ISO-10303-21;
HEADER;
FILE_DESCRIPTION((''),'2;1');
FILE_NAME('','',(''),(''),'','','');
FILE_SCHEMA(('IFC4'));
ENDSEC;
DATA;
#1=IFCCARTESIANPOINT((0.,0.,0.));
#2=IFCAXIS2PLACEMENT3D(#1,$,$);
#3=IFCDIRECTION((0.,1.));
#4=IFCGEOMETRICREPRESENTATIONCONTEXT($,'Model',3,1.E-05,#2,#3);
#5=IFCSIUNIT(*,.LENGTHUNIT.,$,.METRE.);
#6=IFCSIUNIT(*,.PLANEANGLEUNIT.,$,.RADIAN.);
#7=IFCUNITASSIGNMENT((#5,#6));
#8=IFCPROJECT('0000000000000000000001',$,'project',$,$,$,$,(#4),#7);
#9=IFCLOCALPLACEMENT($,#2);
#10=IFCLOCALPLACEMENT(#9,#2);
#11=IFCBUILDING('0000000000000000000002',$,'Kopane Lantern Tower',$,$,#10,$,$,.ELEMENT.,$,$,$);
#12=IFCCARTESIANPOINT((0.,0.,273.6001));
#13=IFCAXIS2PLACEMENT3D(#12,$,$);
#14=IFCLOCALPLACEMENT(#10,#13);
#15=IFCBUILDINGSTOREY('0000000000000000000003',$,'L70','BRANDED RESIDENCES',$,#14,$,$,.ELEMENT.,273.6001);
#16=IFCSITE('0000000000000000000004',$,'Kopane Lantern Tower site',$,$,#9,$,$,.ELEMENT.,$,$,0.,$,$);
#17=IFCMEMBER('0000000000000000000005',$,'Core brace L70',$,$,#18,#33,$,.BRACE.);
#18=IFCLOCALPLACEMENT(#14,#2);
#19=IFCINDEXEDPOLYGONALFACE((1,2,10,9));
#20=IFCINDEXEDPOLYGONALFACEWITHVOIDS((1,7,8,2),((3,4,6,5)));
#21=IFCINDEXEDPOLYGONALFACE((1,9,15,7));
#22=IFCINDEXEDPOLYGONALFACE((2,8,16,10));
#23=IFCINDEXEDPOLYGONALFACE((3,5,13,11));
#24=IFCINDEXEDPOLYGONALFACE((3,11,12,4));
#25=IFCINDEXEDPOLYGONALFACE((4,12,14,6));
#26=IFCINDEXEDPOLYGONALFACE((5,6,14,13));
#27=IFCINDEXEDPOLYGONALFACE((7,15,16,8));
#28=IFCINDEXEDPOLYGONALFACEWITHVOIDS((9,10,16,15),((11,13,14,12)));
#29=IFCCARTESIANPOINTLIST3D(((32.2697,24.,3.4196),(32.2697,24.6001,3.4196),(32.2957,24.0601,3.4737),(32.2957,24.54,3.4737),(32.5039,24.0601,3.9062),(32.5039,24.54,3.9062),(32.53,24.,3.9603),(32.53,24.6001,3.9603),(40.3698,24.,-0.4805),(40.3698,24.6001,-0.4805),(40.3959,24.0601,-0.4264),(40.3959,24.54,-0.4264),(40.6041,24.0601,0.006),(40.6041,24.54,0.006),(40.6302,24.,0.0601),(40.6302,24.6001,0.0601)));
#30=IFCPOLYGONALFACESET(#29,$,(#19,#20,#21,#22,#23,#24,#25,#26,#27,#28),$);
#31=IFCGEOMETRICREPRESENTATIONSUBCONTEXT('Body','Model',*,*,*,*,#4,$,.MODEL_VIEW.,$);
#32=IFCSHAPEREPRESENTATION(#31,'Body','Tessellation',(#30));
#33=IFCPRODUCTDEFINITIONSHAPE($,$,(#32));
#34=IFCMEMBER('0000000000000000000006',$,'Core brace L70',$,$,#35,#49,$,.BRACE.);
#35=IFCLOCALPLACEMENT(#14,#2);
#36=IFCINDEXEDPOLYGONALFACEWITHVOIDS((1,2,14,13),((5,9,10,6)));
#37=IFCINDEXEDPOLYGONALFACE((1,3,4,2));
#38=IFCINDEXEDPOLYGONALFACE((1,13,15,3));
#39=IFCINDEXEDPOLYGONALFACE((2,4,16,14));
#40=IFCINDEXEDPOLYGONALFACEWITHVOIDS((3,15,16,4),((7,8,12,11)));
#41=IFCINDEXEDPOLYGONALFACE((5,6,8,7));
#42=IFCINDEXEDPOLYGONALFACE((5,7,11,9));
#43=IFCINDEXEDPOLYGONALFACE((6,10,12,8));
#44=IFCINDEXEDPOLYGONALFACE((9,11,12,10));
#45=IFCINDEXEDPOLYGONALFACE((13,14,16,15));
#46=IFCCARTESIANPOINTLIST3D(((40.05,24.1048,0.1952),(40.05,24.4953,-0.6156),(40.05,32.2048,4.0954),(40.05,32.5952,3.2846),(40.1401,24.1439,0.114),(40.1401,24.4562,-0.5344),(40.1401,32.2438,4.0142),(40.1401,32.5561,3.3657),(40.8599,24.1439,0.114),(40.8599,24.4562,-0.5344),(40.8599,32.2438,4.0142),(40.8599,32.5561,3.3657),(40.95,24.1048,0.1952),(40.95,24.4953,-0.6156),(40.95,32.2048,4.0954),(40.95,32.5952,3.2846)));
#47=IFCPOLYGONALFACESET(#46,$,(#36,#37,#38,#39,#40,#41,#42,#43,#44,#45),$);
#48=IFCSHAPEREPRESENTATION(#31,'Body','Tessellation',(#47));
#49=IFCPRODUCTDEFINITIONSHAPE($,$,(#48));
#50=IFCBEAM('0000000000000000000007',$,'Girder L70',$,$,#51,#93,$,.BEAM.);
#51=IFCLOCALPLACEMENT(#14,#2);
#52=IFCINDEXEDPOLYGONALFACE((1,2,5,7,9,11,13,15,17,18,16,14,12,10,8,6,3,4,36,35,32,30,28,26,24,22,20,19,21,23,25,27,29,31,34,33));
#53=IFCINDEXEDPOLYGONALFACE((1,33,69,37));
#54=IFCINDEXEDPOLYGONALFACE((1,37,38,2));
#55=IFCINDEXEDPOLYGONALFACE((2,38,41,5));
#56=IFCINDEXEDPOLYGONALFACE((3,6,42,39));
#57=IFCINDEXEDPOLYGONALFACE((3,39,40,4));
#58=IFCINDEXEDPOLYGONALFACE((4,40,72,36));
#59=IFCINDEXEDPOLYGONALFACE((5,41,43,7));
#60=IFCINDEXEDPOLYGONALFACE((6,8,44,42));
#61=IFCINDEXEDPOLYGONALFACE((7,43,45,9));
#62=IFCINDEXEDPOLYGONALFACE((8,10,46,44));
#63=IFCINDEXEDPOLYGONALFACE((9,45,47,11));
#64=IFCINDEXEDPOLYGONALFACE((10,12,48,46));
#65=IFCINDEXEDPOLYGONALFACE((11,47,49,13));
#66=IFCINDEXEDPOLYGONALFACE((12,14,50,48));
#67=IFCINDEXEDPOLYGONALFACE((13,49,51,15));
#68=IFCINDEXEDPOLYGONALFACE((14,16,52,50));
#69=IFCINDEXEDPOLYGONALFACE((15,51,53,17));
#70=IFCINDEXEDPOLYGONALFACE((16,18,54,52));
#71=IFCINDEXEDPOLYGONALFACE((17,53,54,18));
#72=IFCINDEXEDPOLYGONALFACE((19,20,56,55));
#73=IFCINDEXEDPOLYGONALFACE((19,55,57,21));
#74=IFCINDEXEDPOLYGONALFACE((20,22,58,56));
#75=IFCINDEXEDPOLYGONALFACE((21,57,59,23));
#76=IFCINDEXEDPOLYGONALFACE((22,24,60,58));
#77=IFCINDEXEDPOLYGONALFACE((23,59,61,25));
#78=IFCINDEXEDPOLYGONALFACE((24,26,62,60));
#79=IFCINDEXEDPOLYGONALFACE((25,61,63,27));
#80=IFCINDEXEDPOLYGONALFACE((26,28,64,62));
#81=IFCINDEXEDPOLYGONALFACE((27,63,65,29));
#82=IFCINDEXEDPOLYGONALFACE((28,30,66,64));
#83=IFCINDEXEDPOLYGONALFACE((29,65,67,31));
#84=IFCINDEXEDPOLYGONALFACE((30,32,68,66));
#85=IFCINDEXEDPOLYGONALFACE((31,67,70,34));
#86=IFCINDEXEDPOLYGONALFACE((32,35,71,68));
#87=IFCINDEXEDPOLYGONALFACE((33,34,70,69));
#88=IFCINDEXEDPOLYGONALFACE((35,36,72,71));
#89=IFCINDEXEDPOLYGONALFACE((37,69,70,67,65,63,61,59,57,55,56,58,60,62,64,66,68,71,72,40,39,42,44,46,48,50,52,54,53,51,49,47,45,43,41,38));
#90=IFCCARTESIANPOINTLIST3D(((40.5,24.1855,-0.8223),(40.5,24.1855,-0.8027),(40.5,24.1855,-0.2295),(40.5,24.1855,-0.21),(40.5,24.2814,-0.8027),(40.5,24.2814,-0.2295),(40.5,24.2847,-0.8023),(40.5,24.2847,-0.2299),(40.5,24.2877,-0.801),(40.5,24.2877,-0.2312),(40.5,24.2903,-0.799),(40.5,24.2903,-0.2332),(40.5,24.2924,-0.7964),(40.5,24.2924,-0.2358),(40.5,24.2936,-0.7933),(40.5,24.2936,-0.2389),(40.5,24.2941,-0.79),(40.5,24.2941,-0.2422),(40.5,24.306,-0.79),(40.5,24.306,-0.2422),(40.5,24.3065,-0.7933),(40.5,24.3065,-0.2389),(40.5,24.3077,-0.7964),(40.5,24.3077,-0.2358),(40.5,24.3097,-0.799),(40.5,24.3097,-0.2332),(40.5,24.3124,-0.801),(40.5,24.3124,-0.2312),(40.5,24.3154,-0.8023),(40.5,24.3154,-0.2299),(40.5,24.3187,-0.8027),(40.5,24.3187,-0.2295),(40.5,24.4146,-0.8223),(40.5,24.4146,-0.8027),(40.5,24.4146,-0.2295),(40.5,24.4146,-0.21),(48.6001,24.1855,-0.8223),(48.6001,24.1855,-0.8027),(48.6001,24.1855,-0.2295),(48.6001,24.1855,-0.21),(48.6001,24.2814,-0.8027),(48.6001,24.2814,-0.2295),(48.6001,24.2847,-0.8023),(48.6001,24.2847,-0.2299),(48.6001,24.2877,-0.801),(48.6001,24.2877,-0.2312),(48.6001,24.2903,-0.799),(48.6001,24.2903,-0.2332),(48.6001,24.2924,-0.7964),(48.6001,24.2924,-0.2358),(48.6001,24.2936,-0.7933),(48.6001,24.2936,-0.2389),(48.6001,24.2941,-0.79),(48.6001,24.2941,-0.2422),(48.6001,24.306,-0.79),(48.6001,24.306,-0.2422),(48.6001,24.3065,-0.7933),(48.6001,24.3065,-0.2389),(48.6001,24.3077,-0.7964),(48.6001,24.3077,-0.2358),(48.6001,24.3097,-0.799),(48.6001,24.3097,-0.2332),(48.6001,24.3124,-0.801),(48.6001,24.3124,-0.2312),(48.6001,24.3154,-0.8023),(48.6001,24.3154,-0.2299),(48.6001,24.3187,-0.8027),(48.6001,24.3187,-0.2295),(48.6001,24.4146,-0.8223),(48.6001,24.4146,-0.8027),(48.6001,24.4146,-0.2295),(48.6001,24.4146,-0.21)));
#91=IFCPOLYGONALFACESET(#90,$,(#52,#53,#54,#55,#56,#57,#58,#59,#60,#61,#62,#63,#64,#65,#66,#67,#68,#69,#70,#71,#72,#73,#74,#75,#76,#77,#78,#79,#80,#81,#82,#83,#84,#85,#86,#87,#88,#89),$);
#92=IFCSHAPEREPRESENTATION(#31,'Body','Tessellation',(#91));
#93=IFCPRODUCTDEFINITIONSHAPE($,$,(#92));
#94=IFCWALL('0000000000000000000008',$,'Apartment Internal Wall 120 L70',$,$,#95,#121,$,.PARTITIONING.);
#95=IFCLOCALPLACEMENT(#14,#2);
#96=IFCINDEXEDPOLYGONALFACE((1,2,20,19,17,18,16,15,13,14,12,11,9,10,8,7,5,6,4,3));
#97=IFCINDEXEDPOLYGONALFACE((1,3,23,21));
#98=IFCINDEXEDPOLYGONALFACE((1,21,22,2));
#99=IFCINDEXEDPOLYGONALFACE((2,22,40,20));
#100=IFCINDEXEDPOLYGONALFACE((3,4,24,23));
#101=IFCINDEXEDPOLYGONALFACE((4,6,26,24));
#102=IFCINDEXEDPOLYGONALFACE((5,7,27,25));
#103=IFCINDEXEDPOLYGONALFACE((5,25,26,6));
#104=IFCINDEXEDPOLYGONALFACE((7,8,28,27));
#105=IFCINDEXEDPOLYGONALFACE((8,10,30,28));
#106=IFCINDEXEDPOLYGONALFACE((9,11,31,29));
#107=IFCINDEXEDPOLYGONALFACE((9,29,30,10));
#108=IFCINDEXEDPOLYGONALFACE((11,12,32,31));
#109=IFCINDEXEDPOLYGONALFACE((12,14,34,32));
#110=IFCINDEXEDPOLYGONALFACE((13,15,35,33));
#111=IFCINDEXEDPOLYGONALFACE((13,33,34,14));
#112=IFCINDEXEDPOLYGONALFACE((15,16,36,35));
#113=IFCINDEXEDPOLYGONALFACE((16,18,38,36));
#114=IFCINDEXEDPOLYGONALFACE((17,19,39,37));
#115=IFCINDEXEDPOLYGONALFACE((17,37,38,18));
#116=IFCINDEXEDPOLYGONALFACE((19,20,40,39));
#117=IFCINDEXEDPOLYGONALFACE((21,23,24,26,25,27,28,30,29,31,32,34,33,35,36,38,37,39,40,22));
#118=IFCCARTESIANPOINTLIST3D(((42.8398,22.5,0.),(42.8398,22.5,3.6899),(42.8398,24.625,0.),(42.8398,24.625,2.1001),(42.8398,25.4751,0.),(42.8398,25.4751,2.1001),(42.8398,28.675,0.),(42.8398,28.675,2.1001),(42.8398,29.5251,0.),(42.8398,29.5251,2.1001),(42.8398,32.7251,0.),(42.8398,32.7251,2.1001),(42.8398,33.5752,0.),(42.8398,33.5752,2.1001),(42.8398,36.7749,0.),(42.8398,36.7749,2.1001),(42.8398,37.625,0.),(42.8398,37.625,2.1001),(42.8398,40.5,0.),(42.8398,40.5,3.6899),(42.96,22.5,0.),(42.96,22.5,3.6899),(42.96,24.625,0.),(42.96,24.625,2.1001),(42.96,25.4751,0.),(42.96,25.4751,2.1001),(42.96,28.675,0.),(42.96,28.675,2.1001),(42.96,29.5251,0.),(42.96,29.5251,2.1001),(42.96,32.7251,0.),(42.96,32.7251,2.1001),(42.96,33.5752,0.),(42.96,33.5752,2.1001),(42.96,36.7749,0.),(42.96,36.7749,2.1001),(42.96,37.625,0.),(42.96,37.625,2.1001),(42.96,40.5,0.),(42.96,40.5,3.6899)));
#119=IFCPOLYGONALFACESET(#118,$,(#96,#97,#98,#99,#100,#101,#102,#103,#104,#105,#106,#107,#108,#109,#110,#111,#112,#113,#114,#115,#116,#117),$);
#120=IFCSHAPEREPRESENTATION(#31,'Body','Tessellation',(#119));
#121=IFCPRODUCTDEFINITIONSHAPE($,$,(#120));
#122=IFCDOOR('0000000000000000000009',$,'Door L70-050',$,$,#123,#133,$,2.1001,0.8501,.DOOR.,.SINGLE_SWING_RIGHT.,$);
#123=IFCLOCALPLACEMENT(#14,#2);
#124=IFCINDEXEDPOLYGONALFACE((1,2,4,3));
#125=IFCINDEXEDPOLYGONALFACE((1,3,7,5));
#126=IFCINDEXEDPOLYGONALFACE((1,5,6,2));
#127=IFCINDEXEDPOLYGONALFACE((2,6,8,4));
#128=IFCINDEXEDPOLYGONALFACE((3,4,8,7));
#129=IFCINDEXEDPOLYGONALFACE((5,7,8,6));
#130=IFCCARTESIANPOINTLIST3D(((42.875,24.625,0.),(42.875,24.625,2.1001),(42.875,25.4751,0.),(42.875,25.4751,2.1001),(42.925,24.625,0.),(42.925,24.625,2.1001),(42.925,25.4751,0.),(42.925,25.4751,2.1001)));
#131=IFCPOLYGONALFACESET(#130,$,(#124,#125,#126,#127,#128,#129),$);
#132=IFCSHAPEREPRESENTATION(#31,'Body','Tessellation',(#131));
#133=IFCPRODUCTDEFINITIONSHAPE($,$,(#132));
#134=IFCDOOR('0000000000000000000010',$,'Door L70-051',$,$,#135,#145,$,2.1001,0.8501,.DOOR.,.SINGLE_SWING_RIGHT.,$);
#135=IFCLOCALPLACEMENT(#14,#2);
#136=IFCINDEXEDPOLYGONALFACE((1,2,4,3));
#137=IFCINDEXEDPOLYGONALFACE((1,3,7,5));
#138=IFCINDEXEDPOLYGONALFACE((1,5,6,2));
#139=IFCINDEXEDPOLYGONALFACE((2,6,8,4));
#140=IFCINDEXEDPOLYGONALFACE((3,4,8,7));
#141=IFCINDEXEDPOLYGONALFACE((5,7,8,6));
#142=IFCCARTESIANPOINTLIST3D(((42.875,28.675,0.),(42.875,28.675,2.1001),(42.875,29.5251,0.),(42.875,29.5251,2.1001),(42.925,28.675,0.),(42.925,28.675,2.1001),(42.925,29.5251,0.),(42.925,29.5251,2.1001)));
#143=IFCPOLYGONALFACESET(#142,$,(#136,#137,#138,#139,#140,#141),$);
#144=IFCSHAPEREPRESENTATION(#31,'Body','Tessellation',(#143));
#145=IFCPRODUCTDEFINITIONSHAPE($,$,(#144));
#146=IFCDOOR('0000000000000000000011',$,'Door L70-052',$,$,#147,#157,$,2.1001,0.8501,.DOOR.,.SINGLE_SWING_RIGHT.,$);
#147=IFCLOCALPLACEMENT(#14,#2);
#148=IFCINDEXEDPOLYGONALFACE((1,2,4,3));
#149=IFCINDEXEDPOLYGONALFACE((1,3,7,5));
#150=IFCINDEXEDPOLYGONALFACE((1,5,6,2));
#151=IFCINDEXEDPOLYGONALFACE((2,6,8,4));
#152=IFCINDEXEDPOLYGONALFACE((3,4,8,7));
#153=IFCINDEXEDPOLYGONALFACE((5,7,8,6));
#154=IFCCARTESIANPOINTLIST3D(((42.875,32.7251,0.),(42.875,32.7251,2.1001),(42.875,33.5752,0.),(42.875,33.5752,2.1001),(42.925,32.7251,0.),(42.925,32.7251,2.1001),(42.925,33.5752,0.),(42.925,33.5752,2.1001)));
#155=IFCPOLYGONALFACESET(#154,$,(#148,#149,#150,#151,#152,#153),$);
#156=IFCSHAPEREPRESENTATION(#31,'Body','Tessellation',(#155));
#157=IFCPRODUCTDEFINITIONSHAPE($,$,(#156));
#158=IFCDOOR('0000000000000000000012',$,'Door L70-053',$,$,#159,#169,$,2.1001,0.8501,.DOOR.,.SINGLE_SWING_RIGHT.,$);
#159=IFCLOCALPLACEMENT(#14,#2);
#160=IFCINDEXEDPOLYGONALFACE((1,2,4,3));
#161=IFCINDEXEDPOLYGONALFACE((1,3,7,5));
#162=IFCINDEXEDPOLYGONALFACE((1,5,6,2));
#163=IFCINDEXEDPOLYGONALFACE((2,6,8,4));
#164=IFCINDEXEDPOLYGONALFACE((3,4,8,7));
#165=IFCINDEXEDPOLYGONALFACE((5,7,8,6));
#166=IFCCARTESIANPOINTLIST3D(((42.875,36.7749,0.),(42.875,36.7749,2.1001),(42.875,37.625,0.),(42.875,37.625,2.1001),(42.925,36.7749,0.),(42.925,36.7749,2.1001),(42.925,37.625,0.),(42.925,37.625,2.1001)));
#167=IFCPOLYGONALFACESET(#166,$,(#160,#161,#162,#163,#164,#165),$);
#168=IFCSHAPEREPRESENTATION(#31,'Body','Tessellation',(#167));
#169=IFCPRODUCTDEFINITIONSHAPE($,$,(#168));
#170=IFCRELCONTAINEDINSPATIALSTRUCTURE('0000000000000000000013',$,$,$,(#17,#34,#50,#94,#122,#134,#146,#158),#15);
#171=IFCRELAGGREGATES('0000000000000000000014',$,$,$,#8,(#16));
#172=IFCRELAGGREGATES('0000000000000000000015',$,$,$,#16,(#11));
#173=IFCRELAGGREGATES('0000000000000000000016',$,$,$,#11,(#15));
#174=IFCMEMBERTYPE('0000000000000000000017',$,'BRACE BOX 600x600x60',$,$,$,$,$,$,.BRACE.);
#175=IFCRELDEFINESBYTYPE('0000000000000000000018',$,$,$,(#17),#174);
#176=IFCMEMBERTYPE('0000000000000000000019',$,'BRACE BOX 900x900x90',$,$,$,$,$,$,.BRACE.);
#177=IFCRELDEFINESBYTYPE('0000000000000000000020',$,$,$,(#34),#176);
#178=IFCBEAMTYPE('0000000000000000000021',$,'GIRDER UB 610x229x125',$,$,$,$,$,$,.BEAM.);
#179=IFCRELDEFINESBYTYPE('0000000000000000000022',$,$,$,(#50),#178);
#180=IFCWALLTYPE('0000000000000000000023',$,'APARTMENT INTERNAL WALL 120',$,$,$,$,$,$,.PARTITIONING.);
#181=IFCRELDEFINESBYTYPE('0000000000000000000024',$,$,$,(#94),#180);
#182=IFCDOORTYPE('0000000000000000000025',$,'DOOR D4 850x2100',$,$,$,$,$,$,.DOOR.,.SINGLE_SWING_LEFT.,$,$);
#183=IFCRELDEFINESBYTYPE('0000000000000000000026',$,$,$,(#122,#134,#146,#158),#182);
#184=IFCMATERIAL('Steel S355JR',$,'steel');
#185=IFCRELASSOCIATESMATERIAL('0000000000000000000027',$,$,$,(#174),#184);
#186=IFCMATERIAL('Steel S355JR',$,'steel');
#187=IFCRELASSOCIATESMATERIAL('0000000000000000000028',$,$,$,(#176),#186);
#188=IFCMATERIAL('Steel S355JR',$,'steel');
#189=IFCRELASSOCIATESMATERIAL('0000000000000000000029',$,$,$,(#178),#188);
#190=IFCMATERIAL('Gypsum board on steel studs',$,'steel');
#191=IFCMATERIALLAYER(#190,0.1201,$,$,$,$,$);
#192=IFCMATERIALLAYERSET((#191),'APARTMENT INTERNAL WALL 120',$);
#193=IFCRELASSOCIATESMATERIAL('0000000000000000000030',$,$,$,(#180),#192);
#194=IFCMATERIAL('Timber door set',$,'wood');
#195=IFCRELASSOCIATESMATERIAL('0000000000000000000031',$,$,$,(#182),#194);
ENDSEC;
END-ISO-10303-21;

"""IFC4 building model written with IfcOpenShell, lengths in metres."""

from ifc_helpers import new_model, si_unit, direction, frame, frame_2d, origin, origin_2d, place, context, subcontext, project, spatial, rectangle, hollow_rectangle, i_section, extrude, material, layer, layer_set, material_profile, profile_set, type_object, element, fill, save


model = new_model("IFC4")

# Units and contexts
model_context = context("Model", 3, precision=1e-05, world=origin(), true_north=direction((0.0, 1.0)))
body_context = subcontext(model_context, "Body", "Model", "MODEL_VIEW")
ifc_project = project(units=[si_unit("LENGTHUNIT", "METRE"), si_unit("PLANEANGLEUNIT", "RADIAN")], contexts=[model_context])

# Site, building, storey
site_placement = place(None, origin())
site = spatial("IfcSite", under=ifc_project, at=site_placement, Name="Kopane Lantern Tower site", CompositionType="ELEMENT", RefElevation=0.0)
building_placement = place(site_placement, origin())
building = spatial("IfcBuilding", under=site, at=building_placement, Name="Kopane Lantern Tower", CompositionType="ELEMENT")
storey_placement = place(building_placement, frame((0.0, 0.0, 273.6001)))
storey = spatial("IfcBuildingStorey", under=building, at=storey_placement, Name="L70", Description="BRANDED RESIDENCES", CompositionType="ELEMENT", Elevation=273.6001)

# Members
ifc_material_1 = material(Name="Steel S355JR", Category="steel")
ifc_material_profile_1 = material_profile(ifc_material_1, hollow_rectangle(XDim=0.6001, YDim=0.6001, WallThickness=0.0601, at=origin_2d()), Name="BOX 600x600x60")
ifc_profile_set_1 = profile_set([ifc_material_profile_1], Name="Steel S355JR")
member_type_1 = type_object("IfcMemberType", Name="BRACE BOX 600x600x60", PredefinedType="BRACE", material=ifc_profile_set_1)
member_1_placement = place(storey_placement, frame((40.5, 24.3, -0.2102), z_axis=(-0.900997, 0.0, 0.433825), x_axis=(0.0, -1.0, 0.0)))
element("IfcMember", 1, at=member_1_placement, inside=storey, type_object=member_type_1, Name="Core brace L70", PredefinedType="BRACE", context=body_context, shape_type="SweptSolid", body=[
    extrude(hollow_rectangle(XDim=0.6001, YDim=0.6001, WallThickness=0.0601, at=origin_2d()), origin(), (0.0, 0.0, 1.0), 8.9902),
])
ifc_material_2 = material(Name="Steel S355JR", Category="steel")
ifc_material_profile_2 = material_profile(ifc_material_2, hollow_rectangle(XDim=0.8999, YDim=0.8999, WallThickness=0.0901, at=origin_2d()), Name="BOX 900x900x90")
ifc_profile_set_2 = profile_set([ifc_material_profile_2], Name="Steel S355JR")
member_type_2 = type_object("IfcMemberType", Name="BRACE BOX 900x900x90", PredefinedType="BRACE", material=ifc_profile_set_2)
member_2_placement = place(storey_placement, frame((40.5, 24.3, -0.2102), z_axis=(0.0, 0.900992, 0.433835), x_axis=(-1.0, 0.0, 0.0)))
element("IfcMember", 2, at=member_2_placement, inside=storey, type_object=member_type_2, Name="Core brace L70", PredefinedType="BRACE", context=body_context, shape_type="SweptSolid", body=[
    extrude(hollow_rectangle(XDim=0.8999, YDim=0.8999, WallThickness=0.0901, at=origin_2d()), origin(), (0.0, 0.0, 1.0), 8.99),
])

# Beam
ifc_material_3 = material(Name="Steel S355JR", Category="steel")
ifc_material_profile_3 = material_profile(ifc_material_3, i_section(OverallWidth=0.229, OverallDepth=0.6123, WebThickness=0.012, FlangeThickness=0.0195, FilletRadius=0.0127, at=origin_2d()), Name="UB 610x229x125")
ifc_profile_set_3 = profile_set([ifc_material_profile_3], Name="Steel S355JR")
beam_type = type_object("IfcBeamType", Name="GIRDER UB 610x229x125", PredefinedType="BEAM", material=ifc_profile_set_3)
beam_placement = place(storey_placement, frame((40.5, 24.3, -0.5161), z_axis=(1.0, 0.0, 0.0), x_axis=(0.0, 1.0, 0.0)))
element("IfcBeam", 3, at=beam_placement, inside=storey, type_object=beam_type, Name="Girder L70", PredefinedType="BEAM", context=body_context, shape_type="SweptSolid", body=[
    extrude(i_section(OverallWidth=0.229, OverallDepth=0.6123, WebThickness=0.012, FlangeThickness=0.0195, FilletRadius=0.0127, at=origin_2d()), origin(), (0.0, 0.0, 1.0), 8.1001),
])

# Wall, openings, doors
ifc_material_4 = material(Name="Gypsum board on steel studs", Category="steel")
ifc_layer_1 = layer(ifc_material_4, 0.1201)
ifc_layer_set_1 = layer_set([ifc_layer_1], Name="APARTMENT INTERNAL WALL 120")
wall_type_1 = type_object("IfcWallType", Name="APARTMENT INTERNAL WALL 120", PredefinedType="PARTITIONING", material=ifc_layer_set_1)
wall_1_placement = place(storey_placement, frame((42.8999, 22.5, 0.0), z_axis=(0.0, 0.0, 1.0), x_axis=(0.0, 1.0, 0.0)))
wall_1 = element("IfcWall", 4, at=wall_1_placement, inside=storey, type_object=wall_type_1, Name="Apartment Internal Wall 120 L70", PredefinedType="PARTITIONING", context=body_context, shape_type="SweptSolid", body=[
    extrude(rectangle(XDim=18.0, YDim=0.1201, at=frame_2d((9.0, 0.0))), origin(), (0.0, 0.0, 1.0), 3.6899),
])
opening_1_placement = place(wall_1_placement, frame((2.125, 0.0, 0.0)))
opening_1 = element("IfcOpeningElement", 5, at=opening_1_placement, cuts=wall_1, PredefinedType="OPENING", context=body_context, shape_type="SweptSolid", body=[
    extrude(rectangle(XDim=0.8501, YDim=2.1001, at=frame_2d((0.425, 1.05))), frame((0.0, 0.0701, 0.0), z_axis=(0.0, -1.0, 0.0), x_axis=(1.0, 0.0, 0.0)), (0.0, 0.0, 1.0), 0.1401),
])
opening_2_placement = place(wall_1_placement, frame((6.175, 0.0, 0.0)))
opening_2 = element("IfcOpeningElement", 6, at=opening_2_placement, cuts=wall_1, PredefinedType="OPENING", context=body_context, shape_type="SweptSolid", body=[
    extrude(rectangle(XDim=0.8501, YDim=2.1001, at=frame_2d((0.425, 1.05))), frame((0.0, 0.0701, 0.0), z_axis=(0.0, -1.0, 0.0), x_axis=(1.0, 0.0, 0.0)), (0.0, 0.0, 1.0), 0.1401),
])
opening_3_placement = place(wall_1_placement, frame((10.2251, 0.0, 0.0)))
opening_3 = element("IfcOpeningElement", 7, at=opening_3_placement, cuts=wall_1, PredefinedType="OPENING", context=body_context, shape_type="SweptSolid", body=[
    extrude(rectangle(XDim=0.8501, YDim=2.1001, at=frame_2d((0.425, 1.05))), frame((0.0, 0.0701, 0.0), z_axis=(0.0, -1.0, 0.0), x_axis=(1.0, 0.0, 0.0)), (0.0, 0.0, 1.0), 0.1401),
])
opening_4_placement = place(wall_1_placement, frame((14.2749, 0.0, 0.0)))
opening_4 = element("IfcOpeningElement", 8, at=opening_4_placement, cuts=wall_1, PredefinedType="OPENING", context=body_context, shape_type="SweptSolid", body=[
    extrude(rectangle(XDim=0.8501, YDim=2.1001, at=frame_2d((0.425, 1.05))), frame((0.0, 0.0701, 0.0), z_axis=(0.0, -1.0, 0.0), x_axis=(1.0, 0.0, 0.0)), (0.0, 0.0, 1.0), 0.1401),
])
ifc_material_5 = material(Name="Timber door set", Category="wood")
door_type = type_object("IfcDoorType", Name="DOOR D4 850x2100", OperationType="SINGLE_SWING_LEFT", PredefinedType="DOOR", material=ifc_material_5)
door_1_placement = place(opening_1_placement, origin())
door_1 = element("IfcDoor", 9, at=door_1_placement, inside=storey, type_object=door_type, Name="Door L70-050", OperationType="SINGLE_SWING_RIGHT", OverallHeight=2.1001, OverallWidth=0.8501, PredefinedType="DOOR", context=body_context, shape_type="SweptSolid", body=[
    extrude(rectangle(XDim=0.8501, YDim=2.1001, at=frame_2d((0.425, 1.05))), frame((0.0, 0.0249, 0.0), z_axis=(0.0, -1.0, 0.0), x_axis=(1.0, 0.0, 0.0)), (0.0, 0.0, 1.0), 0.05),
])
fill(opening_1, door_1)
door_2_placement = place(opening_2_placement, origin())
door_2 = element("IfcDoor", 10, at=door_2_placement, inside=storey, type_object=door_type, Name="Door L70-051", OperationType="SINGLE_SWING_RIGHT", OverallHeight=2.1001, OverallWidth=0.8501, PredefinedType="DOOR", context=body_context, shape_type="SweptSolid", body=[
    extrude(rectangle(XDim=0.8501, YDim=2.1001, at=frame_2d((0.425, 1.05))), frame((0.0, 0.0249, 0.0), z_axis=(0.0, -1.0, 0.0), x_axis=(1.0, 0.0, 0.0)), (0.0, 0.0, 1.0), 0.05),
])
fill(opening_2, door_2)
door_3_placement = place(opening_3_placement, origin())
door_3 = element("IfcDoor", 11, at=door_3_placement, inside=storey, type_object=door_type, Name="Door L70-052", OperationType="SINGLE_SWING_RIGHT", OverallHeight=2.1001, OverallWidth=0.8501, PredefinedType="DOOR", context=body_context, shape_type="SweptSolid", body=[
    extrude(rectangle(XDim=0.8501, YDim=2.1001, at=frame_2d((0.425, 1.05))), frame((0.0, 0.0249, 0.0), z_axis=(0.0, -1.0, 0.0), x_axis=(1.0, 0.0, 0.0)), (0.0, 0.0, 1.0), 0.05),
])
fill(opening_3, door_3)
door_4_placement = place(opening_4_placement, origin())
door_4 = element("IfcDoor", 12, at=door_4_placement, inside=storey, type_object=door_type, Name="Door L70-053", OperationType="SINGLE_SWING_RIGHT", OverallHeight=2.1001, OverallWidth=0.8501, PredefinedType="DOOR", context=body_context, shape_type="SweptSolid", body=[
    extrude(rectangle(XDim=0.8501, YDim=2.1001, at=frame_2d((0.425, 1.05))), frame((0.0, 0.0249, 0.0), z_axis=(0.0, -1.0, 0.0), x_axis=(1.0, 0.0, 0.0)), (0.0, 0.0, 1.0), 0.05),
])
fill(opening_4, door_4)

save(model, "model.ifc")
